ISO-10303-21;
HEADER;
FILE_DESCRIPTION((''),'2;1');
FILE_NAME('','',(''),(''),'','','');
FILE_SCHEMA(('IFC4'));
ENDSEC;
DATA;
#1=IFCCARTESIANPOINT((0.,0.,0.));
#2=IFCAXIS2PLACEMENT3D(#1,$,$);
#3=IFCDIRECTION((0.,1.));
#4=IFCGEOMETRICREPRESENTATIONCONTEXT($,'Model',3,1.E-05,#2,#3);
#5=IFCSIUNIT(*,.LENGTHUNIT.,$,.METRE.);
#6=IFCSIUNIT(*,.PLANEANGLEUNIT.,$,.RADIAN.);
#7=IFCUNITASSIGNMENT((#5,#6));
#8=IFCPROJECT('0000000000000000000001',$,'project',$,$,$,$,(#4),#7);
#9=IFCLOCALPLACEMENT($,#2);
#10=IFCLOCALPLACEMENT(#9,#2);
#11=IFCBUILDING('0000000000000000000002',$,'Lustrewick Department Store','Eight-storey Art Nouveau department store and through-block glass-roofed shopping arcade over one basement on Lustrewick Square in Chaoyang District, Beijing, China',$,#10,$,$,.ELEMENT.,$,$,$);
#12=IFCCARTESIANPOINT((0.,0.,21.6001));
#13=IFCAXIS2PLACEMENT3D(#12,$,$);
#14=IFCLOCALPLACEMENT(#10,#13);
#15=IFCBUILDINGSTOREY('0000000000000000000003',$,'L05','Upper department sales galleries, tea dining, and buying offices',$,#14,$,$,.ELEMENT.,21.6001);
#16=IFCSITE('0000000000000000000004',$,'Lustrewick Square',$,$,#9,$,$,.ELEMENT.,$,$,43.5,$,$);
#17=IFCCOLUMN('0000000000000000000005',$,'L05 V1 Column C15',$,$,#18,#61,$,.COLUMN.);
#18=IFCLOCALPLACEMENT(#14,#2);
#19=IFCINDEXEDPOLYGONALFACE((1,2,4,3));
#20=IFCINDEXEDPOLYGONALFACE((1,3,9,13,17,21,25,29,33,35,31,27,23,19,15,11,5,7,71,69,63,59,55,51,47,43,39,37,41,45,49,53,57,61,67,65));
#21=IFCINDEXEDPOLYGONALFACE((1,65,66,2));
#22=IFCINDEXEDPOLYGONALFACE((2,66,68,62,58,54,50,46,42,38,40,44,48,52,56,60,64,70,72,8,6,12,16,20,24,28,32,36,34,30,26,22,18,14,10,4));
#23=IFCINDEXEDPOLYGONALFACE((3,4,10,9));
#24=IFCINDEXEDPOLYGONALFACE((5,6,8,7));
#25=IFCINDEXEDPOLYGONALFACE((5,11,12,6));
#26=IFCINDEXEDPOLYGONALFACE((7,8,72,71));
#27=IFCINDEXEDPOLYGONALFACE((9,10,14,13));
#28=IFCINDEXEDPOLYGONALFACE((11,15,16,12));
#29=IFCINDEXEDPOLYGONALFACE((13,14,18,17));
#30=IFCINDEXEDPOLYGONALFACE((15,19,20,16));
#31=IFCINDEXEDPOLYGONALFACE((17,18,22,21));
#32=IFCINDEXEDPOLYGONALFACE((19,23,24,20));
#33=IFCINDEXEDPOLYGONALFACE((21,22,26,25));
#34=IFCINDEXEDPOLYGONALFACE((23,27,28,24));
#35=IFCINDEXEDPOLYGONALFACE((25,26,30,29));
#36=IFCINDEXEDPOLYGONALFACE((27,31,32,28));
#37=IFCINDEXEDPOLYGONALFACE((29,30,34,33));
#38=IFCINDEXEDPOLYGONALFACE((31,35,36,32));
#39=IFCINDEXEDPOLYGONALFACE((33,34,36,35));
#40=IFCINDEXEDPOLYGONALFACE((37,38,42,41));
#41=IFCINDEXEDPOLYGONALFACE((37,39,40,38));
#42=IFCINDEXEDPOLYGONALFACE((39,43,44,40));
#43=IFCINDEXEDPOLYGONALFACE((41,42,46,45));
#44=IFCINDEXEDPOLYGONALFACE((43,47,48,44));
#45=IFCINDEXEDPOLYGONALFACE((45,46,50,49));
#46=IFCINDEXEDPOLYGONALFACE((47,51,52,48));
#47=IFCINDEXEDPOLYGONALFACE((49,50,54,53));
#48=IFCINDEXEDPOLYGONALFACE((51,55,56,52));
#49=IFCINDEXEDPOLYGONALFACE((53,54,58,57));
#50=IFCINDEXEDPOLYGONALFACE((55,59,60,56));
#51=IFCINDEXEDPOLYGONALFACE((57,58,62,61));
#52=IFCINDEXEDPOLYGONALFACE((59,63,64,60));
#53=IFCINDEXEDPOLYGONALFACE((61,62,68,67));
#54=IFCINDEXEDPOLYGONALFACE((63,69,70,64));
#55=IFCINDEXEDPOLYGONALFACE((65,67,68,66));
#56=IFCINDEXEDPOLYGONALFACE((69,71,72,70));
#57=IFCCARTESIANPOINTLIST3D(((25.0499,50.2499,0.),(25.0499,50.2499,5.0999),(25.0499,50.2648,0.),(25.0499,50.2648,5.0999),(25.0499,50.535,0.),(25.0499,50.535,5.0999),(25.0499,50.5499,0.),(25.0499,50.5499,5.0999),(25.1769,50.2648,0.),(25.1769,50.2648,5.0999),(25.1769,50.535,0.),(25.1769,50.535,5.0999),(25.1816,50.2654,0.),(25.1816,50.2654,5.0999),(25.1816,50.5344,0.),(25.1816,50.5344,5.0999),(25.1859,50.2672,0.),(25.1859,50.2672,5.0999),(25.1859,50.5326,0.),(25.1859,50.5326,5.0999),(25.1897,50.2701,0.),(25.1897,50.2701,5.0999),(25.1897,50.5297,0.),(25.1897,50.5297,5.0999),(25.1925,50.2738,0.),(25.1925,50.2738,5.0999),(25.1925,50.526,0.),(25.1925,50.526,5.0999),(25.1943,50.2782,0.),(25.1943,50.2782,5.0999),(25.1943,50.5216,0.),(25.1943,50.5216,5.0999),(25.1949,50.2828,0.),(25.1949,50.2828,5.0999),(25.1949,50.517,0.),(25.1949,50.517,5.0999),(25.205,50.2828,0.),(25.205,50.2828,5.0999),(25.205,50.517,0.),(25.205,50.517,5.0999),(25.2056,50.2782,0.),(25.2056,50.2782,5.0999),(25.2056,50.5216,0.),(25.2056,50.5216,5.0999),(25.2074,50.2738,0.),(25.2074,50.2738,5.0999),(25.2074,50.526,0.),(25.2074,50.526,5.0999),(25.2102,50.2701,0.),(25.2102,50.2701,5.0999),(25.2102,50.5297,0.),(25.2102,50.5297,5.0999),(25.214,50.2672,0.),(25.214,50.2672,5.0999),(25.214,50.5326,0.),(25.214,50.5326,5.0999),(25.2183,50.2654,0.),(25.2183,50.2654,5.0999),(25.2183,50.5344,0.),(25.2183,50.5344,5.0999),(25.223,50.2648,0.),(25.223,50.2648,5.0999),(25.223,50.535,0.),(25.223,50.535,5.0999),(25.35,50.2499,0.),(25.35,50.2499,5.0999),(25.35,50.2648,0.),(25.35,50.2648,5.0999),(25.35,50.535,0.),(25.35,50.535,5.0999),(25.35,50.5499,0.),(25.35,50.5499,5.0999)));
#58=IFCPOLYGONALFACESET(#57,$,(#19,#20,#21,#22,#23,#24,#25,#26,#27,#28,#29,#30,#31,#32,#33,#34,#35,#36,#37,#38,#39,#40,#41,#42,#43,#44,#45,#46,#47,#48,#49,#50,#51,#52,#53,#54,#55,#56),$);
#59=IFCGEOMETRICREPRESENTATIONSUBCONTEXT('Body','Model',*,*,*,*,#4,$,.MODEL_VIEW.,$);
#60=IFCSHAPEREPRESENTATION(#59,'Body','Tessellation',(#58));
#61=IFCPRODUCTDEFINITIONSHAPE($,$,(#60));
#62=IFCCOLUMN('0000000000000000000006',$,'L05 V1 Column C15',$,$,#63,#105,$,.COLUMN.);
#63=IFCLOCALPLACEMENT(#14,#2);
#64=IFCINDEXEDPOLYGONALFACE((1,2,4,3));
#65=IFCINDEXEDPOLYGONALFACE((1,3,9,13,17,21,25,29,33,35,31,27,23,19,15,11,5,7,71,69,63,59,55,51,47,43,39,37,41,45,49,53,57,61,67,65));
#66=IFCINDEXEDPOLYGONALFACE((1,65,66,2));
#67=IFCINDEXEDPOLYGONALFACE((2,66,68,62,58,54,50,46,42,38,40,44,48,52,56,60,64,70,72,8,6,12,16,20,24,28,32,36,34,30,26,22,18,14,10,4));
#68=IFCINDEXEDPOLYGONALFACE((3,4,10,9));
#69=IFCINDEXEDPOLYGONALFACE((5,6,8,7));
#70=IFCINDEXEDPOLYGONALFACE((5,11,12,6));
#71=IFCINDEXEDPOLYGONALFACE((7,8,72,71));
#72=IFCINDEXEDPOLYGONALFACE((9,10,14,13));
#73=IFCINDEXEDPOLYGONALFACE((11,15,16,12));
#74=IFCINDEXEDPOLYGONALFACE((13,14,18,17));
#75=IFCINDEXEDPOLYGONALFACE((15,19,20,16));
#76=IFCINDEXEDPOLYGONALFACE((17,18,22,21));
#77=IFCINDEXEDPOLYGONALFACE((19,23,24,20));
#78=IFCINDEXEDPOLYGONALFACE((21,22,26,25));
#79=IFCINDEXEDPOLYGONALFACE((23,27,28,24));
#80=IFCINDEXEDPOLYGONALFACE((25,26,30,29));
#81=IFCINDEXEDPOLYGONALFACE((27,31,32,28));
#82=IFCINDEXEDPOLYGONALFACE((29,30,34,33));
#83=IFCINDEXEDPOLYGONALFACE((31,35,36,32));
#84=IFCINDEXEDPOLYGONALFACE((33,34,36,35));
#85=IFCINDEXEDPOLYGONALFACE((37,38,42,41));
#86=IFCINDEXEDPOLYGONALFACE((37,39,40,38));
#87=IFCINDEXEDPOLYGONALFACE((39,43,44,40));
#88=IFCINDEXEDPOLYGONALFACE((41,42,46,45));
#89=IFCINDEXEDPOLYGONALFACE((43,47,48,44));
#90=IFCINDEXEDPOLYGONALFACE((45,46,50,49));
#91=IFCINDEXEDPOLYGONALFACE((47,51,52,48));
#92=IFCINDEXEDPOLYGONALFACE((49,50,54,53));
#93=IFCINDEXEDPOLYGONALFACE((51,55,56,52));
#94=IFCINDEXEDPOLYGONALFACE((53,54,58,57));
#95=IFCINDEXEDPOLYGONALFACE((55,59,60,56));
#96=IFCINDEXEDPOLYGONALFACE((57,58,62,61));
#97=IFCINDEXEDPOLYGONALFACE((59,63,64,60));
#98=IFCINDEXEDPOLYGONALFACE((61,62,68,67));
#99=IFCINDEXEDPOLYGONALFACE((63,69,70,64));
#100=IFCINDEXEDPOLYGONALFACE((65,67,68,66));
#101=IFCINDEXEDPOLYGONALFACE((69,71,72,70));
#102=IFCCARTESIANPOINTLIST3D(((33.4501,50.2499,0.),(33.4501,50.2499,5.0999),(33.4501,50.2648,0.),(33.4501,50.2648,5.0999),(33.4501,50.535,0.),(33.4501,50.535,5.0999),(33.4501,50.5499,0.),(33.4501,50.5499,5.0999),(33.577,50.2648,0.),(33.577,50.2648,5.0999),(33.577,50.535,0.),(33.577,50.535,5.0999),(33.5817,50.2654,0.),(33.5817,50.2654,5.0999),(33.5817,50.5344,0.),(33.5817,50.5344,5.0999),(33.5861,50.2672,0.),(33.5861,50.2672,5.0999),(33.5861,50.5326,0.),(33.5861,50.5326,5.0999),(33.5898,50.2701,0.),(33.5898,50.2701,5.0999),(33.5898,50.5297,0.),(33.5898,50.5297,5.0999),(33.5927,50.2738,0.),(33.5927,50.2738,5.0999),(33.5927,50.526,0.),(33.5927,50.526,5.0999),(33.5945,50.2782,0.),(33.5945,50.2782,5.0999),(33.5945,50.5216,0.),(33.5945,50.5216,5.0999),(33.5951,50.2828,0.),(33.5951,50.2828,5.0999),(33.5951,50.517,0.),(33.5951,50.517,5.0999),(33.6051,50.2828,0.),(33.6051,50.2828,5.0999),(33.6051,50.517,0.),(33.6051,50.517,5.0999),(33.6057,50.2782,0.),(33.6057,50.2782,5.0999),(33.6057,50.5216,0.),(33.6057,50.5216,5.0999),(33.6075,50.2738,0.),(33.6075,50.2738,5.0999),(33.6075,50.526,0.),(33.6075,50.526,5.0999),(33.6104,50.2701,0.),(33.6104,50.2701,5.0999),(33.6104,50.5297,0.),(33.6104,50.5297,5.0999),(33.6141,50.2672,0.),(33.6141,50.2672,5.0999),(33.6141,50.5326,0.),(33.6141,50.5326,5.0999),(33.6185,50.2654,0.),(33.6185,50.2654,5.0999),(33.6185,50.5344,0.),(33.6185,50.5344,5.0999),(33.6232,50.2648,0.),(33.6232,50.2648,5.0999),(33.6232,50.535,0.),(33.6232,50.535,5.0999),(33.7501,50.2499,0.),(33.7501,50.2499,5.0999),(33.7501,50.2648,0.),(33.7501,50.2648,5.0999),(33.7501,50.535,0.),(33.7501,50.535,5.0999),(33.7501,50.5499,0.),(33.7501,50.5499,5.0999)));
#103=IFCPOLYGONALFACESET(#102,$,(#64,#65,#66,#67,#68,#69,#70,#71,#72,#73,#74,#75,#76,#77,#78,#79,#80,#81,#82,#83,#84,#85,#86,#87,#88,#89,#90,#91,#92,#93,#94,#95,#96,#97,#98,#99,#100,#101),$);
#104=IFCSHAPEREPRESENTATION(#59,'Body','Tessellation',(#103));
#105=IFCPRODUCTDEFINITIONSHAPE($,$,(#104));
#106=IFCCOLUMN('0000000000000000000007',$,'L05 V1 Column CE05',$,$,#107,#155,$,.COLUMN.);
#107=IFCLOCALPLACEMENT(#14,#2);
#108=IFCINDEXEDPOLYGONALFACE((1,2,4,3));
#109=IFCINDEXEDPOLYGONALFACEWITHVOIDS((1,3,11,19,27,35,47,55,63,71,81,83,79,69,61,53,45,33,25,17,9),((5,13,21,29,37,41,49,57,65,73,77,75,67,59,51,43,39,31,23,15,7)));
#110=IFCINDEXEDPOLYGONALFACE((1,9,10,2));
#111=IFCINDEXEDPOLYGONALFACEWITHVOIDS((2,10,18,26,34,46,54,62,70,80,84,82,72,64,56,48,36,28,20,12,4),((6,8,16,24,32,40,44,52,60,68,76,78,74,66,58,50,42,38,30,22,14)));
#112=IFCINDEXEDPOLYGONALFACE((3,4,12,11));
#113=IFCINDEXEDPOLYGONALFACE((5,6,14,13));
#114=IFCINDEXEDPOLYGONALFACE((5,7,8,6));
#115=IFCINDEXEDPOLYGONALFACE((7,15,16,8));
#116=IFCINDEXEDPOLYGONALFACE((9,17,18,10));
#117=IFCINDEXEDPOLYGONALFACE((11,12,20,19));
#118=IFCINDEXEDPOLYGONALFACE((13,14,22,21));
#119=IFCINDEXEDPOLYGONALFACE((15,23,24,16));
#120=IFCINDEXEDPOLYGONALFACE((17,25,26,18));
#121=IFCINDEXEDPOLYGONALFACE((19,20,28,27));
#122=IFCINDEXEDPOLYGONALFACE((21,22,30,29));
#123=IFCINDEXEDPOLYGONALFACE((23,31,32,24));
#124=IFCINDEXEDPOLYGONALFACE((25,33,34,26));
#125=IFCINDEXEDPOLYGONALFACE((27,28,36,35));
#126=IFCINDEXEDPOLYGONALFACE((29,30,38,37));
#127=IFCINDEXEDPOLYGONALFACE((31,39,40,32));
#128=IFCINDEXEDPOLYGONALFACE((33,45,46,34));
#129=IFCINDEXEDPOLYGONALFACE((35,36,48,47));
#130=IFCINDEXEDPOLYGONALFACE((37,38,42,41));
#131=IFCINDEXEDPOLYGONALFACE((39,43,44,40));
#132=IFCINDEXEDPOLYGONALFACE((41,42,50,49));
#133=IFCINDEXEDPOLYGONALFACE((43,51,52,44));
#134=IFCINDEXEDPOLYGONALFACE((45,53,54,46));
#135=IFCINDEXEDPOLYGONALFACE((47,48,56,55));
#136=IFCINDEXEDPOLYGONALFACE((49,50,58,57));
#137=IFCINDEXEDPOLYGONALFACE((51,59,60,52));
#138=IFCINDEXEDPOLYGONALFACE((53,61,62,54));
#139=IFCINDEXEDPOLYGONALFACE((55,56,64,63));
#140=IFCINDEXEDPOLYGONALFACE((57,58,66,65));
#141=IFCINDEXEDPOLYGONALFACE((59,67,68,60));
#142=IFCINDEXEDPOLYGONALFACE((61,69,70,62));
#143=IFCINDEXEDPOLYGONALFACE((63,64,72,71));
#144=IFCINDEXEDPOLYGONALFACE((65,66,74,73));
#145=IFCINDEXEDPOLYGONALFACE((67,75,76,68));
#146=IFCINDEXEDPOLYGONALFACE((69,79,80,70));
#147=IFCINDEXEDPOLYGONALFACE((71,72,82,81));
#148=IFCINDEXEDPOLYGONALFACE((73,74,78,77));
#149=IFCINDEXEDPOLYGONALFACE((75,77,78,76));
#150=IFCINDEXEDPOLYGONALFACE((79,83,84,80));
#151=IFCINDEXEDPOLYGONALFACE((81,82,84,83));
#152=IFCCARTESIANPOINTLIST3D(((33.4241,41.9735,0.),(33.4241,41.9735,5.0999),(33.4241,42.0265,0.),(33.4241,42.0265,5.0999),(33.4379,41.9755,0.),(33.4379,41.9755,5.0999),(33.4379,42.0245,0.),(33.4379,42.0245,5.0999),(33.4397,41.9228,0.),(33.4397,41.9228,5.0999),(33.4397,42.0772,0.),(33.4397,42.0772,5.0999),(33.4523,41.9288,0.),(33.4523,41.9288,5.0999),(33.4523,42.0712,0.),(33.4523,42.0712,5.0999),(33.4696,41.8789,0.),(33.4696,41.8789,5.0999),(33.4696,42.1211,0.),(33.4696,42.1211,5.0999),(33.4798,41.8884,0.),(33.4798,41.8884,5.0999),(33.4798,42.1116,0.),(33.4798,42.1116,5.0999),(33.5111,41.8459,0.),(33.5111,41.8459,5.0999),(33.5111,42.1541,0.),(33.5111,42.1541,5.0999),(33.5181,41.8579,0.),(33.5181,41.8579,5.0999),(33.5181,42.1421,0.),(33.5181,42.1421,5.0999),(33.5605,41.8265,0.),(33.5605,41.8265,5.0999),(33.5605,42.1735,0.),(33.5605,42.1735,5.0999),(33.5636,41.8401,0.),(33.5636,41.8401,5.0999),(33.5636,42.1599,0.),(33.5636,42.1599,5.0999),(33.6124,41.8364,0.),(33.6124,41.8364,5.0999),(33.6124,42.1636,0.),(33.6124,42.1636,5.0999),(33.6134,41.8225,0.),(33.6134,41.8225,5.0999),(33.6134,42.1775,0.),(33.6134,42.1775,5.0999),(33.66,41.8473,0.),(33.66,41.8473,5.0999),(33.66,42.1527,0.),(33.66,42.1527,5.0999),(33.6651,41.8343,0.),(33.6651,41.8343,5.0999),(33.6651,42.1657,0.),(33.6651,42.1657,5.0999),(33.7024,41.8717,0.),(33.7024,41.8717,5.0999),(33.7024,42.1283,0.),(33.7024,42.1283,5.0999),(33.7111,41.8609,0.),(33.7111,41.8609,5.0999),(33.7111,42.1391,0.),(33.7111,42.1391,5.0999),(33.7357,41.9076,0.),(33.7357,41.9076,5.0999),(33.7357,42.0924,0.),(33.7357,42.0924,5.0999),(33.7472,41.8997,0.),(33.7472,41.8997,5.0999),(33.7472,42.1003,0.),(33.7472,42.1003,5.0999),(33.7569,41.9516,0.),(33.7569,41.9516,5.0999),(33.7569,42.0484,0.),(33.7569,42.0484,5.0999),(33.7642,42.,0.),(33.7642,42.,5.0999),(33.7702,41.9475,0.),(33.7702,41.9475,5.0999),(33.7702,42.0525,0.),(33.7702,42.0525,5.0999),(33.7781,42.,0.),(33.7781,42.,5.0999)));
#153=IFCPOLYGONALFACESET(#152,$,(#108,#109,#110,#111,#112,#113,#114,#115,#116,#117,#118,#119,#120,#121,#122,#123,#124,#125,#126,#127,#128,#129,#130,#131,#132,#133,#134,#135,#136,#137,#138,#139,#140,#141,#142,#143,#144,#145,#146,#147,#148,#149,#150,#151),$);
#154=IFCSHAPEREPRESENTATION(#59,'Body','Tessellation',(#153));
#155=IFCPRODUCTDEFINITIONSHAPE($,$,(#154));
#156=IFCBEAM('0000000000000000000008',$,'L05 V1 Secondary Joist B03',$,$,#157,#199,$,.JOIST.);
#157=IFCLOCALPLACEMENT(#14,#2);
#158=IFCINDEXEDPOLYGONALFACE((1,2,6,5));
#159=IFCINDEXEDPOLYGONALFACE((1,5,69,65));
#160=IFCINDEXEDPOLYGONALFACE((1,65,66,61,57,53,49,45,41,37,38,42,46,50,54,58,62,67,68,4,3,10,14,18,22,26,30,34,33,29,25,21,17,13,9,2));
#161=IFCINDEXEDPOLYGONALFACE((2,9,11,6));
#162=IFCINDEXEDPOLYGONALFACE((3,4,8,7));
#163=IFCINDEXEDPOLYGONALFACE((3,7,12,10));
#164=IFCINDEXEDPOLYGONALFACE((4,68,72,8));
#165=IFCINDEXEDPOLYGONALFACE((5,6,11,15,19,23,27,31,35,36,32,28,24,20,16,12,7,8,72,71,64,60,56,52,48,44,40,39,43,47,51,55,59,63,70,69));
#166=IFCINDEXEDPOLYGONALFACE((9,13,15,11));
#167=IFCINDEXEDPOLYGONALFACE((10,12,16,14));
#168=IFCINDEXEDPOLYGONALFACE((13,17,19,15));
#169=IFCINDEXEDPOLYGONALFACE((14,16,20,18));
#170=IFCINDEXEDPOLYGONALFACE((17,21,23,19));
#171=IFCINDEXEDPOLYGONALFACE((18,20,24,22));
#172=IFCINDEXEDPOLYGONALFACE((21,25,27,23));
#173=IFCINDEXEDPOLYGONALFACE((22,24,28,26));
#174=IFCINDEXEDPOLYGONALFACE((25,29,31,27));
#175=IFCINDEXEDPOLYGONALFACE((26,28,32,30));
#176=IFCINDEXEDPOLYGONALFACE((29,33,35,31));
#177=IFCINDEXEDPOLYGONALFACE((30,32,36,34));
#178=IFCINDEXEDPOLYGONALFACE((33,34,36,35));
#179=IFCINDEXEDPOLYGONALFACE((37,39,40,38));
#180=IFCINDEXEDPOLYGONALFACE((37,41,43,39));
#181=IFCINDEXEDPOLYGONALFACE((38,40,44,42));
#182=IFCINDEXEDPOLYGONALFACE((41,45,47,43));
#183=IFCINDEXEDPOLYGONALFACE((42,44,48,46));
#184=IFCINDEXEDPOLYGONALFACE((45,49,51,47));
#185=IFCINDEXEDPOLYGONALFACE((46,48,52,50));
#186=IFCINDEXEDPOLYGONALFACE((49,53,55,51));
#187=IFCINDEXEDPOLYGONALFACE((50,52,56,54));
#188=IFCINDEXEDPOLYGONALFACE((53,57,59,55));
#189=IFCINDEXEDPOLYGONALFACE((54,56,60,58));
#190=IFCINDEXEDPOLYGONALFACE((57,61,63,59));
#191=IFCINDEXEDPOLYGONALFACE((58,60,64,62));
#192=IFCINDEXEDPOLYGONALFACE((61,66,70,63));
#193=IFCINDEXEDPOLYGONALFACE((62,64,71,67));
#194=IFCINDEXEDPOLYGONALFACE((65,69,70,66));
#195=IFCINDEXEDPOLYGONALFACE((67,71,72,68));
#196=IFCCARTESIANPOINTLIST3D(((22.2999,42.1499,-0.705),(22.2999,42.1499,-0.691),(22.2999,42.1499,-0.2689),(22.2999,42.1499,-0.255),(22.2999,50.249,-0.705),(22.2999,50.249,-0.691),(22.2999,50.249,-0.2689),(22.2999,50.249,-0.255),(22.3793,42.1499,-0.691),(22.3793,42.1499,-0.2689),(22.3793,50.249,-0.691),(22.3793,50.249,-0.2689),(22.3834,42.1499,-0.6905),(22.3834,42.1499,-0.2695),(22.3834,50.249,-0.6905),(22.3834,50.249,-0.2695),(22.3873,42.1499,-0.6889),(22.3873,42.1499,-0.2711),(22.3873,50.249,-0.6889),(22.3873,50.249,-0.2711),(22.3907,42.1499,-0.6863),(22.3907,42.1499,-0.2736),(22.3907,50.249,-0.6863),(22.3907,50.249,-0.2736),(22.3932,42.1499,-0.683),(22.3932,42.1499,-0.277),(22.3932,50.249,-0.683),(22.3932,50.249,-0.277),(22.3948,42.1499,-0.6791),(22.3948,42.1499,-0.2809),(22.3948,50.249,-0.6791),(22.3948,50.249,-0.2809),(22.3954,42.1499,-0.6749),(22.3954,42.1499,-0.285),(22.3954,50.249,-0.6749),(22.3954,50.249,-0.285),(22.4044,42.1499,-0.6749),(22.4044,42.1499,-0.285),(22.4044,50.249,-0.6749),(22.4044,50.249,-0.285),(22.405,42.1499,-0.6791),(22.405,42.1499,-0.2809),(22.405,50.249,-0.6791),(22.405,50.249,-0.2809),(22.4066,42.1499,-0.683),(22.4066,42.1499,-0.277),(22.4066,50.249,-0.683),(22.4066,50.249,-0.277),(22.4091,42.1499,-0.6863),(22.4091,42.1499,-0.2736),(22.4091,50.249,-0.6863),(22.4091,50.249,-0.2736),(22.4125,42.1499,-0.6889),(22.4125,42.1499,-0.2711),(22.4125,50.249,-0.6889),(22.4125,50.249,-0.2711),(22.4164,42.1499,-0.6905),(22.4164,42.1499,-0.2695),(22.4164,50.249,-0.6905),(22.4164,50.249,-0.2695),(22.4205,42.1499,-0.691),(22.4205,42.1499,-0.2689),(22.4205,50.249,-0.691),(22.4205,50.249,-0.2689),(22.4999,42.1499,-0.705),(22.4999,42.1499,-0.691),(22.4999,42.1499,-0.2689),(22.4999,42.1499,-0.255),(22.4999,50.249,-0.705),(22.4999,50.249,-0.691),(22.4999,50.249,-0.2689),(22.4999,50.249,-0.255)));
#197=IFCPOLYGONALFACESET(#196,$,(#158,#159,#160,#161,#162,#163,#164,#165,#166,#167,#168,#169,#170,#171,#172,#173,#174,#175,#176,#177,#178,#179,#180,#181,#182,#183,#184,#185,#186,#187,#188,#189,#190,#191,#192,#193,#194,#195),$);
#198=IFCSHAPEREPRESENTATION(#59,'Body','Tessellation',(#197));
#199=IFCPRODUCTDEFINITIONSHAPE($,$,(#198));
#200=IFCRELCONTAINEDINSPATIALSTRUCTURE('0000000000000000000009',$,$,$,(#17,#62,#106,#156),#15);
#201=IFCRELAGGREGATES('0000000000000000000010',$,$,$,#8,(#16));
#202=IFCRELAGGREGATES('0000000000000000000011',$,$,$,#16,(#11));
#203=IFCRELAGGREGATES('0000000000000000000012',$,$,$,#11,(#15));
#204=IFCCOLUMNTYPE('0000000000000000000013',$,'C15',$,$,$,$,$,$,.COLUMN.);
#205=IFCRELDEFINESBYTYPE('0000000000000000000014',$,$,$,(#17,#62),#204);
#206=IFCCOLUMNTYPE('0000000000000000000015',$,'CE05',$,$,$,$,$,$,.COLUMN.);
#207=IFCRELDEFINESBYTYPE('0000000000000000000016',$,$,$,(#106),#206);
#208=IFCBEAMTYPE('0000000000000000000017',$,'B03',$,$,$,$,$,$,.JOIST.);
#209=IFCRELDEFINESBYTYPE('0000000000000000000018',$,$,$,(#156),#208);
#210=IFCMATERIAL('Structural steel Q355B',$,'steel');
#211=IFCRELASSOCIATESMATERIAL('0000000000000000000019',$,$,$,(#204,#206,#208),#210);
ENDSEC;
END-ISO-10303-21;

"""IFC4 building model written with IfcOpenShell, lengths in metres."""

from ifc_helpers import new_model, si_unit, direction, frame, origin, origin_2d, place, context, subcontext, project, spatial, hollow_circle, i_section, extrude, material, material_profile, profile_set, type_object, element, save


model = new_model("IFC4")

# Units and contexts
model_context = context("Model", 3, precision=1e-05, world=origin(), true_north=direction((0.0, 1.0)))
body_context = subcontext(model_context, "Body", "Model", "MODEL_VIEW")
ifc_project = project(units=[si_unit("LENGTHUNIT", "METRE"), si_unit("PLANEANGLEUNIT", "RADIAN")], contexts=[model_context])

# Site, building, storey
site_placement = place(None, origin())
site = spatial("IfcSite", under=ifc_project, at=site_placement, Name="Lustrewick Square", CompositionType="ELEMENT", RefElevation=43.5)
building_placement = place(site_placement, origin())
building = spatial("IfcBuilding", under=site, at=building_placement, Name="Lustrewick Department Store", Description="Eight-storey Art Nouveau department store and through-block glass-roofed shopping arcade over one basement on Lustrewick Square in Chaoyang District, Beijing, China", CompositionType="ELEMENT")
storey_placement = place(building_placement, frame((0.0, 0.0, 21.6001)))
storey = spatial("IfcBuildingStorey", under=building, at=storey_placement, Name="L05", Description="Upper department sales galleries, tea dining, and buying offices", CompositionType="ELEMENT", Elevation=21.6001)

# Columns
ifc_material_1 = material(Name="Structural steel Q355B", Category="steel")
ifc_material_profile_1 = material_profile(ifc_material_1, i_section(OverallWidth=0.3, OverallDepth=0.3, WebThickness=0.01, FlangeThickness=0.0149, FilletRadius=0.0181, at=origin_2d()), Name="HW 300x300x10x15")
ifc_profile_set_1 = profile_set([ifc_material_profile_1], Name="Structural steel Q355B")
column_type_1 = type_object("IfcColumnType", Name="C15", PredefinedType="COLUMN", material=ifc_profile_set_1)
for number, where, z_axis, x_axis, name in (
    (1, (25.2, 50.3999, 0.0), (0.0, 0.0, 1.0), (1.0, 0.0, 0.0), "L05 V1 Column C15"),
    (2, (33.6001, 50.3999, 0.0), (0.0, 0.0, 1.0), (1.0, 0.0, 0.0), "L05 V1 Column C15"),
):
    element("IfcColumn", number, at=place(storey_placement, frame(where, z_axis=z_axis, x_axis=x_axis)), inside=storey, type_object=column_type_1, Name=name, PredefinedType="COLUMN", context=body_context, shape_type="SweptSolid", body=[
        extrude(i_section(OverallWidth=0.3, OverallDepth=0.3, WebThickness=0.01, FlangeThickness=0.0149, FilletRadius=0.0181, at=origin_2d()), origin(), (0.0, 0.0, 1.0), 5.0999),
    ])
ifc_material_profile_2 = material_profile(ifc_material_1, hollow_circle(Radius=0.178, WallThickness=0.0139, at=origin_2d()), Name="CHS 356x14")
ifc_profile_set_2 = profile_set([ifc_material_profile_2], Name="Structural steel Q355B")
column_type_2 = type_object("IfcColumnType", Name="CE05", PredefinedType="COLUMN", material=ifc_profile_set_2)
column_placement = place(storey_placement, frame((33.6001, 42.0, 0.0), z_axis=(0.0, 0.0, 1.0), x_axis=(1.0, 0.0, 0.0)))
element("IfcColumn", 3, at=column_placement, inside=storey, type_object=column_type_2, Name="L05 V1 Column CE05", PredefinedType="COLUMN", context=body_context, shape_type="SweptSolid", body=[
    extrude(hollow_circle(Radius=0.178, WallThickness=0.0139, at=origin_2d()), origin(), (0.0, 0.0, 1.0), 5.0999),
])

# Beam
ifc_material_profile_3 = material_profile(ifc_material_1, i_section(OverallWidth=0.2, OverallDepth=0.45, WebThickness=0.009, FlangeThickness=0.0139, FilletRadius=0.0161, at=origin_2d()), Name="HN 450x200x9x14")
ifc_profile_set_3 = profile_set([ifc_material_profile_3], Name="Structural steel Q355B")
beam_type_1 = type_object("IfcBeamType", Name="B03", PredefinedType="JOIST", material=ifc_profile_set_3)
for number, where, z_axis, x_axis, name in (
    (4, (22.3999, 42.1499, -0.48), (0.0, 1.0, 0.0), (-1.0, 0.0, 0.0), "L05 V1 Secondary Joist B03"),
):
    element("IfcBeam", number, at=place(storey_placement, frame(where, z_axis=z_axis, x_axis=x_axis)), inside=storey, type_object=beam_type_1, Name=name, PredefinedType="JOIST", context=body_context, shape_type="SweptSolid", body=[
        extrude(i_section(OverallWidth=0.2, OverallDepth=0.45, WebThickness=0.009, FlangeThickness=0.0139, FilletRadius=0.0161, at=origin_2d()), origin(), (0.0, 0.0, 1.0), 8.0991),
    ])

save(model, "model.ifc")
